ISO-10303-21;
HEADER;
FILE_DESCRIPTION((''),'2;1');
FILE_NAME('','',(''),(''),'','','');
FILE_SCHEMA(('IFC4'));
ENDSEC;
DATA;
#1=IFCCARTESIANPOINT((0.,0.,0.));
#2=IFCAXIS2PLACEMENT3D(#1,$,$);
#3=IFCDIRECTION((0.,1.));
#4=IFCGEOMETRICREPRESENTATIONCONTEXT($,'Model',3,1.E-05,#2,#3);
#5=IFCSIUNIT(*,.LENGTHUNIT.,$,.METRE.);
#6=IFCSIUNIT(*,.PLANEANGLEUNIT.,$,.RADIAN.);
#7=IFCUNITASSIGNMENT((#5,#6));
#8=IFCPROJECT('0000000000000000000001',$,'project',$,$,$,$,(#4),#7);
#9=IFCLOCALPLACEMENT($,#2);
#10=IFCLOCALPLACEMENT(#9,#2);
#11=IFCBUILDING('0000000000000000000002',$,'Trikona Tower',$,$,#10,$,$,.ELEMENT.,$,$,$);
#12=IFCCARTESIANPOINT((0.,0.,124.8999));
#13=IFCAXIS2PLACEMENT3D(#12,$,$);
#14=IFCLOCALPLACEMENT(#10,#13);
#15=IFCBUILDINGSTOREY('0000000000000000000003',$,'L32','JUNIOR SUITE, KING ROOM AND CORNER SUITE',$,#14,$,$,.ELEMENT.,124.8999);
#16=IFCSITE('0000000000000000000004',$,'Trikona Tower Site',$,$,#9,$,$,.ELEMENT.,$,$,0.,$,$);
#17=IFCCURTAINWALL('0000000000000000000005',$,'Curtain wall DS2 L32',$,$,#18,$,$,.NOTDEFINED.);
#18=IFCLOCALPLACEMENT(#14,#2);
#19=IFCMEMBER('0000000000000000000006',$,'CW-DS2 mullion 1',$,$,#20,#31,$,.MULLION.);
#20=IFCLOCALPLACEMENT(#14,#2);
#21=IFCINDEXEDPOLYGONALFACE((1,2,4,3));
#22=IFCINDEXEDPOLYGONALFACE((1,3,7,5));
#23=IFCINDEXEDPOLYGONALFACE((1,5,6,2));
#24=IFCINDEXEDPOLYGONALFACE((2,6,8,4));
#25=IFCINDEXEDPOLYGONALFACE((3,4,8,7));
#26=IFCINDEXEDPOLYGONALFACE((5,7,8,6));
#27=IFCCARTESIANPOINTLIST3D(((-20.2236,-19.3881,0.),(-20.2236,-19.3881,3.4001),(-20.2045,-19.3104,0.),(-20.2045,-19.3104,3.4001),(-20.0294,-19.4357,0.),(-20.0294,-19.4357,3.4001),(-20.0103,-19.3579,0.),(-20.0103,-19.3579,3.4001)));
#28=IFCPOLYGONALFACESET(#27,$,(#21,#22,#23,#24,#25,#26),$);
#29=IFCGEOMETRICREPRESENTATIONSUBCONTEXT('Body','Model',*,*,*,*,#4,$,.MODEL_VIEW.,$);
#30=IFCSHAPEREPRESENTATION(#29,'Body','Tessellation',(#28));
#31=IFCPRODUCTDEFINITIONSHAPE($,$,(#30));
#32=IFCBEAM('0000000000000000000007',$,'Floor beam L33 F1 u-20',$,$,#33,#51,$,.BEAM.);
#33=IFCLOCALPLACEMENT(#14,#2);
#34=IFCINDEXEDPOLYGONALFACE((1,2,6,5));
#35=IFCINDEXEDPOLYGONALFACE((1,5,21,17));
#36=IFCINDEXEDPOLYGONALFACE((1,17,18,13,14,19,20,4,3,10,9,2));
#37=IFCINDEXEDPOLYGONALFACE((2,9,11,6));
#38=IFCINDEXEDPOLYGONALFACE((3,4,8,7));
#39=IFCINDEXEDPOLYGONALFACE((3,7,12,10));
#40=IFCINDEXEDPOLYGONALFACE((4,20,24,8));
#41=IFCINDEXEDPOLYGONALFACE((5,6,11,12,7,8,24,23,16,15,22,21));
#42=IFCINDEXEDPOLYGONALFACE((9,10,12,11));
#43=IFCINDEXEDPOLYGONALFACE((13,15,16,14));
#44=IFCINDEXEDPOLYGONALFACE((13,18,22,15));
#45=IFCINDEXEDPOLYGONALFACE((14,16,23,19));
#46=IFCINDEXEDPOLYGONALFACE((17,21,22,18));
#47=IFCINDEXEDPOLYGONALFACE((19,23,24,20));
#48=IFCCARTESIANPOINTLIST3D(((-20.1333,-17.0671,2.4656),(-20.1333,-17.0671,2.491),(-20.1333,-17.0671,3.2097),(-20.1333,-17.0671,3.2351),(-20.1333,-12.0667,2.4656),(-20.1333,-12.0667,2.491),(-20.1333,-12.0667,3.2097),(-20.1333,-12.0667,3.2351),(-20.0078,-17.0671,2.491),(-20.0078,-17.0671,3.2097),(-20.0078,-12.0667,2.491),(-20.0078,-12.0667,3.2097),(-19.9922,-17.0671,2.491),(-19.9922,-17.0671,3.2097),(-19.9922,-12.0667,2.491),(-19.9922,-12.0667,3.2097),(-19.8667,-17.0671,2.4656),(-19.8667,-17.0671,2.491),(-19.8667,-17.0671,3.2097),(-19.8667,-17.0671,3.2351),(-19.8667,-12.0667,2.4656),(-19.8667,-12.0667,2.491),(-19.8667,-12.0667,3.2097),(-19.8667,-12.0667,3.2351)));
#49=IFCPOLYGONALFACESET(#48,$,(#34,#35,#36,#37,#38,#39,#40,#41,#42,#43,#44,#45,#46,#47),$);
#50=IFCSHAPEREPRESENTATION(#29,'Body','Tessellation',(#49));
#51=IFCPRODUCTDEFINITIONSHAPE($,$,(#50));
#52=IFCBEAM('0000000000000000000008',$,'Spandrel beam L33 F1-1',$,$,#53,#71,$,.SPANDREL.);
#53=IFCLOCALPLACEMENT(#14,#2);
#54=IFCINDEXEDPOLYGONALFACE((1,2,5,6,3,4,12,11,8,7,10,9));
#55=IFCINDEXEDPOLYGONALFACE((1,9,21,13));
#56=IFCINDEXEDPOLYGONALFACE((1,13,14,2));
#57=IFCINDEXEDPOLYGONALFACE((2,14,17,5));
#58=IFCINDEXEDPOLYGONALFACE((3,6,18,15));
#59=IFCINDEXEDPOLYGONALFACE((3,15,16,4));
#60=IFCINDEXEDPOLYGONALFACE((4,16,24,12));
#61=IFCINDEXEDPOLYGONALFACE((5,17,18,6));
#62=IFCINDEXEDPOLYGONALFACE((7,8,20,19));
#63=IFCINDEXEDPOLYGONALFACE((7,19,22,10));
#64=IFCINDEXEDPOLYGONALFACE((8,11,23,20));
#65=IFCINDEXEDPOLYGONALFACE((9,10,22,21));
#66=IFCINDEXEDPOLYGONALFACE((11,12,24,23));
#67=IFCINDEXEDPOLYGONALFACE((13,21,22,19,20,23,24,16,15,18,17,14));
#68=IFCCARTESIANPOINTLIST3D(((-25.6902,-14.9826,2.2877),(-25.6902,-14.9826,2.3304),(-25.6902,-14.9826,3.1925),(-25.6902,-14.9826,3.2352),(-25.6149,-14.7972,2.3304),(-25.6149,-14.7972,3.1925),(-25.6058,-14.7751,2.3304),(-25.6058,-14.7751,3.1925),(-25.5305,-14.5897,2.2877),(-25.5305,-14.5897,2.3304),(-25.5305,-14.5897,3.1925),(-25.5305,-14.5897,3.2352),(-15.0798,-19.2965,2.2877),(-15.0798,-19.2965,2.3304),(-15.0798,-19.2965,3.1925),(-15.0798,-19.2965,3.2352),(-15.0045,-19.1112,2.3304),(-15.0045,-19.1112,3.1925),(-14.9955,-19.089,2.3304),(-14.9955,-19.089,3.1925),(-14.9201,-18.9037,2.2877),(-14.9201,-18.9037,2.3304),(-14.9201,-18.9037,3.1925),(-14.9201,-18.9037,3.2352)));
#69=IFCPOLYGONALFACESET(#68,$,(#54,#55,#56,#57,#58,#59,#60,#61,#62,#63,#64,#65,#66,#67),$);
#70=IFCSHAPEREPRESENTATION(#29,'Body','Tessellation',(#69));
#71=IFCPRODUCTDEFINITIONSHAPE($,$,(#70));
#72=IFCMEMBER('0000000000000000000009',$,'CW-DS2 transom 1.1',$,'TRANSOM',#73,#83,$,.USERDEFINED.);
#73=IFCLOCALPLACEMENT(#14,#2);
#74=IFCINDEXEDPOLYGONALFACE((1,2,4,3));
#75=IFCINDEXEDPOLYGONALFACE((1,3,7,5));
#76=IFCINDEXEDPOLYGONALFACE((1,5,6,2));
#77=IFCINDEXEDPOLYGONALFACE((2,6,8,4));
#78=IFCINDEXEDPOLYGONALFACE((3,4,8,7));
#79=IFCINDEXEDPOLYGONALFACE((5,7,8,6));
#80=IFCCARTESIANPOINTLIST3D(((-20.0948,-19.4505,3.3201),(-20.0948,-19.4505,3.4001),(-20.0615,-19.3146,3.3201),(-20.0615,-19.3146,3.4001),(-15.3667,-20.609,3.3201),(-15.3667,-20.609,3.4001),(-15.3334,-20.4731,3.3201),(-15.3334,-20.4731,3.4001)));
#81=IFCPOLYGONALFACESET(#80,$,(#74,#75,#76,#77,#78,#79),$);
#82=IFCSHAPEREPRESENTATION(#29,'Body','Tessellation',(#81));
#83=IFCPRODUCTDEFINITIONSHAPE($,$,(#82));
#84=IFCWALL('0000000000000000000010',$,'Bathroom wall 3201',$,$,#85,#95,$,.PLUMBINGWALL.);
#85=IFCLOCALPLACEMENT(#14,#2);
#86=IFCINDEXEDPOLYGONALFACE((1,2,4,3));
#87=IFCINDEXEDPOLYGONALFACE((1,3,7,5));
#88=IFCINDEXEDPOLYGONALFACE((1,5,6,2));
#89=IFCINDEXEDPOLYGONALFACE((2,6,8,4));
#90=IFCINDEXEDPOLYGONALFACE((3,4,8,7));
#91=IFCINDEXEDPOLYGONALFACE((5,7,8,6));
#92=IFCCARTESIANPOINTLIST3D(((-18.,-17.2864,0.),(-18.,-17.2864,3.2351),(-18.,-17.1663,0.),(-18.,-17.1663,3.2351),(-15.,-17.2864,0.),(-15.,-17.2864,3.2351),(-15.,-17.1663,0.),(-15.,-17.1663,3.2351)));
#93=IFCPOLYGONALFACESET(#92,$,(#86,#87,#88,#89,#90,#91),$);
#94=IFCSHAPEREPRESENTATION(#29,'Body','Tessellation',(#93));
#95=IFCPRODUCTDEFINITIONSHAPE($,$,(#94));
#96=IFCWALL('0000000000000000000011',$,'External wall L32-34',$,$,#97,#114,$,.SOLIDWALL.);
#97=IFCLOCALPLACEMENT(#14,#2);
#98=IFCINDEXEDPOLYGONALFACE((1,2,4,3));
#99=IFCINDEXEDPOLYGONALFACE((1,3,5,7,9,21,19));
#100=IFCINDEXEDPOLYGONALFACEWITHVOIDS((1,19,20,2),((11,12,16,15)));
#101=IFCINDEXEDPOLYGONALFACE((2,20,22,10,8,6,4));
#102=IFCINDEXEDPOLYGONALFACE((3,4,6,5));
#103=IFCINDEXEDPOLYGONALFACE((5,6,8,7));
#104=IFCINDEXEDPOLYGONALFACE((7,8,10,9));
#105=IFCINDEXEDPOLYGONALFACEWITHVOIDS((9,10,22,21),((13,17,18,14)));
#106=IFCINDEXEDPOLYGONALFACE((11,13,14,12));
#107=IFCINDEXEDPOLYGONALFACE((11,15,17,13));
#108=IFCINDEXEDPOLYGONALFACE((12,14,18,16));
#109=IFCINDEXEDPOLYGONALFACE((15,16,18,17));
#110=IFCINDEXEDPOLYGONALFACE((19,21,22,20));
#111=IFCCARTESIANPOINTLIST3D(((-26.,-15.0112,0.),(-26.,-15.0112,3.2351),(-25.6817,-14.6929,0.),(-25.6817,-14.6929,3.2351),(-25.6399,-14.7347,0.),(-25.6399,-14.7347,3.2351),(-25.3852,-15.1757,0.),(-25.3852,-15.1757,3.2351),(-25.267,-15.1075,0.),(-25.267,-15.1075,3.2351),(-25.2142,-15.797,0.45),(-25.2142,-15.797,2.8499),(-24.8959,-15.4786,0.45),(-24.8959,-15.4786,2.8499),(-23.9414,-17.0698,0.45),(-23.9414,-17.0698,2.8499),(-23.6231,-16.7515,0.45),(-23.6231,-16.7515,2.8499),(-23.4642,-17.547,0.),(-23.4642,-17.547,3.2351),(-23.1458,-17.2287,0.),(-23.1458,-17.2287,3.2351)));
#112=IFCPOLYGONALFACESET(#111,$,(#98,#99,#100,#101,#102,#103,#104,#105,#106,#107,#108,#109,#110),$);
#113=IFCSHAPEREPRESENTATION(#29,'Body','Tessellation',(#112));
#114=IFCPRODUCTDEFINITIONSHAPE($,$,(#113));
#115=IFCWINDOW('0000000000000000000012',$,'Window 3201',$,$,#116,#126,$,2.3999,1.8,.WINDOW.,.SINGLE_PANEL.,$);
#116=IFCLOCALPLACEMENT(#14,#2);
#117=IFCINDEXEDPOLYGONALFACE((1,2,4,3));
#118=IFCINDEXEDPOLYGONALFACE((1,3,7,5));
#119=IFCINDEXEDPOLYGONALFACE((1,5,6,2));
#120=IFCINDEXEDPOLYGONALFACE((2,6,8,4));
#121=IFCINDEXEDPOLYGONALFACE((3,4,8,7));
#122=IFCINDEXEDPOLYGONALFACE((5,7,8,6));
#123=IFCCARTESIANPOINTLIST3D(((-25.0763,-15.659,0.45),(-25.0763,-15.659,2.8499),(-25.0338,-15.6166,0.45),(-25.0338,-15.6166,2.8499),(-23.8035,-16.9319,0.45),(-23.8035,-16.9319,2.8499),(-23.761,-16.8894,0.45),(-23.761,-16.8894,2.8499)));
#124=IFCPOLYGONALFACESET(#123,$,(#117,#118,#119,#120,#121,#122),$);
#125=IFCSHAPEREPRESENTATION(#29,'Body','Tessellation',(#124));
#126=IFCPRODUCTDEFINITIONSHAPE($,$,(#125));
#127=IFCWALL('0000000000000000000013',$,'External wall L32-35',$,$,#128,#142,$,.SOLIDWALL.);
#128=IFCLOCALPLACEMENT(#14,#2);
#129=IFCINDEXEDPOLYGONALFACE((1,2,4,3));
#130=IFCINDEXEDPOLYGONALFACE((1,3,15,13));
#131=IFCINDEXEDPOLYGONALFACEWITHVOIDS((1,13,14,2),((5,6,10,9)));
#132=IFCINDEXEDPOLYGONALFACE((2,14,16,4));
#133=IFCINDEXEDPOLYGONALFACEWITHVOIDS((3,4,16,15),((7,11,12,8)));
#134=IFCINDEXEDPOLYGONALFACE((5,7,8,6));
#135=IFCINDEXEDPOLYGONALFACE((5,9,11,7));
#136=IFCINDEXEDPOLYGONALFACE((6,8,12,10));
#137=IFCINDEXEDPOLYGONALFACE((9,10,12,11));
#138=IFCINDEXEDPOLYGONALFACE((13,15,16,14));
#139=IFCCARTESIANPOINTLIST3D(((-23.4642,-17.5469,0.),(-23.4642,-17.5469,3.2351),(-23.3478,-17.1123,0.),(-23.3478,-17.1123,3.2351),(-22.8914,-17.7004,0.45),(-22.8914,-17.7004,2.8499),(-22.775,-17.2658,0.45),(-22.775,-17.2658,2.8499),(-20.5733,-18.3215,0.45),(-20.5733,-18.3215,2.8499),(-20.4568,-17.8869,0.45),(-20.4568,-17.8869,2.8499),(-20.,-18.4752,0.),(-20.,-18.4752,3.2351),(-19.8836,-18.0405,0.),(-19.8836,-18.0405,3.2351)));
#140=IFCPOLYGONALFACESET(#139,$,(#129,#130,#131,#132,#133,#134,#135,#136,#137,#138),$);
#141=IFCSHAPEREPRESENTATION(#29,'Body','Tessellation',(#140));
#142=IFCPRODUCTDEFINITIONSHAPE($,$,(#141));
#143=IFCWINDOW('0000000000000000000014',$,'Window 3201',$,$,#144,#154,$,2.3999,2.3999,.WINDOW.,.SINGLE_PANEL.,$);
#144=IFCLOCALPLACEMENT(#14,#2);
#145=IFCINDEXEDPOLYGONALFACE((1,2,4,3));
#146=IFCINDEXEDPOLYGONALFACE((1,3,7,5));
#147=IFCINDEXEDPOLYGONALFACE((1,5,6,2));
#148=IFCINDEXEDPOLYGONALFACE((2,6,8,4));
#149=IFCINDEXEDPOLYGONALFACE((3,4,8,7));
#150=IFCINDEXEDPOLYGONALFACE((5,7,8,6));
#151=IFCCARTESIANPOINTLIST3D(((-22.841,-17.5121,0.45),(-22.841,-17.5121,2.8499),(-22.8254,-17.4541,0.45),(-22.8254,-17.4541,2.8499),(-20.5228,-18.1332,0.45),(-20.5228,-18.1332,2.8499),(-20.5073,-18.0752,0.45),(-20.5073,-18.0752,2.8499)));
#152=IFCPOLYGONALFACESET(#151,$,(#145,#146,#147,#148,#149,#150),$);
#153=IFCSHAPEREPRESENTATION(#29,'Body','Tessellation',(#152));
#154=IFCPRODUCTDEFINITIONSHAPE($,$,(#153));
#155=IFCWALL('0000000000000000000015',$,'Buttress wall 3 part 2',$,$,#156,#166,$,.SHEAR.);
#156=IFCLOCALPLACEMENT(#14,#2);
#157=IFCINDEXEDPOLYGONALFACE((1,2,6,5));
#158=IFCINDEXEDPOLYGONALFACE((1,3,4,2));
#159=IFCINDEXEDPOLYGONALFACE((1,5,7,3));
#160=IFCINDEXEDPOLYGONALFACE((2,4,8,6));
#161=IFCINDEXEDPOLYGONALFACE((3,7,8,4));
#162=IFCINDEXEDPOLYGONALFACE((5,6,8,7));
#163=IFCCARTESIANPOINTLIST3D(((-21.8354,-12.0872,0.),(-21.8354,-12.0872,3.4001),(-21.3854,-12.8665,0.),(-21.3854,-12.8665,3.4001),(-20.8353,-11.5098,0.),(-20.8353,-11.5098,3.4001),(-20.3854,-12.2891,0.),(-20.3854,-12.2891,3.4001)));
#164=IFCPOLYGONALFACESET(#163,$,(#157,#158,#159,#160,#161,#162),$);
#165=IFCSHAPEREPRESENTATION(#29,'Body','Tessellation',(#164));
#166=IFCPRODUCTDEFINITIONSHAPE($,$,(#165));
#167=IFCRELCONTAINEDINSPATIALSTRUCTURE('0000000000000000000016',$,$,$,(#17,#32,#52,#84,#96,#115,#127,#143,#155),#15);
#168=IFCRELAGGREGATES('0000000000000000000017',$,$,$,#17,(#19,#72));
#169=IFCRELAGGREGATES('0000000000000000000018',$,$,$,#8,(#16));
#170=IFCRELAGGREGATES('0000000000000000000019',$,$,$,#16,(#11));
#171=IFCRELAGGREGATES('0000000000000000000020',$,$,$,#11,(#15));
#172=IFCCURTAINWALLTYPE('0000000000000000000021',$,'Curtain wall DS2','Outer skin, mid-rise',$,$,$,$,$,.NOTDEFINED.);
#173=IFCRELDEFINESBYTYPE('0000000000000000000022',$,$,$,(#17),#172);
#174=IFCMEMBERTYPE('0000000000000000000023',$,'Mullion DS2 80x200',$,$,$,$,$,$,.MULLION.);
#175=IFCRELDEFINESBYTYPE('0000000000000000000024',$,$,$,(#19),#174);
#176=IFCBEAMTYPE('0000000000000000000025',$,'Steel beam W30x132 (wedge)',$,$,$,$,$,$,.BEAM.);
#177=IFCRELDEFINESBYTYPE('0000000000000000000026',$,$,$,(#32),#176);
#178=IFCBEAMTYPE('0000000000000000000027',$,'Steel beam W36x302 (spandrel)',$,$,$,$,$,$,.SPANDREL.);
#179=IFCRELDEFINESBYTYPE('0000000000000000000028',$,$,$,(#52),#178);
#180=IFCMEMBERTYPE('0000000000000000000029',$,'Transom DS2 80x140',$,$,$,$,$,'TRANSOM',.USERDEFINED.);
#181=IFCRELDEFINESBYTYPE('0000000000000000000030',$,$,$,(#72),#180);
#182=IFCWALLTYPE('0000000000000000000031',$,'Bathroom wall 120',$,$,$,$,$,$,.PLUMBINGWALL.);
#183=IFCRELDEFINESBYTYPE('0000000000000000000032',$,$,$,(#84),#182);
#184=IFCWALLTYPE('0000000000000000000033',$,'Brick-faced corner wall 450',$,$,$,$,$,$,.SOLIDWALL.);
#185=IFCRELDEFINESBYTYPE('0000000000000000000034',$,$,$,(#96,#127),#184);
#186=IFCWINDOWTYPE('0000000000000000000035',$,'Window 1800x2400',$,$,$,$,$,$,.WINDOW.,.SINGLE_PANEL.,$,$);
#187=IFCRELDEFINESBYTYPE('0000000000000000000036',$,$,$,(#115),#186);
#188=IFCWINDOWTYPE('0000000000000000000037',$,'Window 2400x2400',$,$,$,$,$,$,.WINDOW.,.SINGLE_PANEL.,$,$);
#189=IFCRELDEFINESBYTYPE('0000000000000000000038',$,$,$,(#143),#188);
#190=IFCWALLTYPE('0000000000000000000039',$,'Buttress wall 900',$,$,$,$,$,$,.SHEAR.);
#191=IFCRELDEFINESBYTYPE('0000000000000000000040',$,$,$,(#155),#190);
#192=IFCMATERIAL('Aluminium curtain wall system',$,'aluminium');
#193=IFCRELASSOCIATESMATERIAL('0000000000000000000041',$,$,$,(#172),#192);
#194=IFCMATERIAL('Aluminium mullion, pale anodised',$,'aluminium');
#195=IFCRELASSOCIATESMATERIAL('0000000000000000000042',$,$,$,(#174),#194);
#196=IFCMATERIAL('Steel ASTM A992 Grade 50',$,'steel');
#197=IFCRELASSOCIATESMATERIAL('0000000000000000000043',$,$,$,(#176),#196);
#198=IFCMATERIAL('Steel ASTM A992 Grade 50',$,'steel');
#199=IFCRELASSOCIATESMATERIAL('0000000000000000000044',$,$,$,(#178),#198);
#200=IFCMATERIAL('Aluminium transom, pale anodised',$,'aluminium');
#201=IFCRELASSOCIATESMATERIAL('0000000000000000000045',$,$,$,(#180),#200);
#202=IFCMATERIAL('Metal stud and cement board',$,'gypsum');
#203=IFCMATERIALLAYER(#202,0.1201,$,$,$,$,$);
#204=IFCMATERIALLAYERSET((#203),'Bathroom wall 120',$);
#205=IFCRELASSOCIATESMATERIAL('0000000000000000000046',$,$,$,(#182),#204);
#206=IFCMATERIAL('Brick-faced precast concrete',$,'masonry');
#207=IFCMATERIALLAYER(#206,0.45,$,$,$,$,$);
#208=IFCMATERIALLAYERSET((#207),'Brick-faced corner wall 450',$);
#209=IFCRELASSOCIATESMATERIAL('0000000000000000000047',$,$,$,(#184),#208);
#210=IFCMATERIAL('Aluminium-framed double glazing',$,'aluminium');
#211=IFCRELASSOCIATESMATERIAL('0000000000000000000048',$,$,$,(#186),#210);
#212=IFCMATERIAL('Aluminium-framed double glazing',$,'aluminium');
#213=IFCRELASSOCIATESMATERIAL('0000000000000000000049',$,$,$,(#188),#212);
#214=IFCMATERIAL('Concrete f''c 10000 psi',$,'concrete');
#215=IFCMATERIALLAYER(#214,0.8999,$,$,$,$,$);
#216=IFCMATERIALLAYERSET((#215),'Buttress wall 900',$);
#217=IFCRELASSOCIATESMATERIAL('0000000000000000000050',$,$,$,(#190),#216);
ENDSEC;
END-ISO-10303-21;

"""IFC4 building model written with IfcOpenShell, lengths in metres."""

from ifc_helpers import new_model, si_unit, direction, frame, frame_2d, origin, origin_2d, place, context, subcontext, project, spatial, polyline, rectangle, i_section, outline, extrude, material, layer, layer_set, material_profile, profile_set, type_object, element, fill, aggregate, save


model = new_model("IFC4")

# Units and contexts
model_context = context("Model", 3, precision=1e-05, world=origin(), true_north=direction((0.0, 1.0)))
body_context = subcontext(model_context, "Body", "Model", "MODEL_VIEW")
ifc_project = project(units=[si_unit("LENGTHUNIT", "METRE"), si_unit("PLANEANGLEUNIT", "RADIAN")], contexts=[model_context])

# Site, building, storey
site_placement = place(None, origin())
site = spatial("IfcSite", under=ifc_project, at=site_placement, Name="Trikona Tower Site", CompositionType="ELEMENT", RefElevation=0.0)
building_placement = place(site_placement, origin())
building = spatial("IfcBuilding", under=site, at=building_placement, Name="Trikona Tower", CompositionType="ELEMENT")
storey_placement = place(building_placement, frame((0.0, 0.0, 124.8999)))
storey = spatial("IfcBuildingStorey", under=building, at=storey_placement, Name="L32", Description="JUNIOR SUITE, KING ROOM AND CORNER SUITE", CompositionType="ELEMENT", Elevation=124.8999)

# Curtain wall, member
ifc_material_1 = material(Name="Aluminium curtain wall system", Category="aluminium")
curtain_wall_type = type_object("IfcCurtainWallType", Name="Curtain wall DS2", Description="Outer skin, mid-rise", PredefinedType="NOTDEFINED", material=ifc_material_1)
curtain_wall_placement = place(storey_placement, origin())
curtain_wall = element("IfcCurtainWall", 1, at=curtain_wall_placement, inside=storey, type_object=curtain_wall_type, Name="Curtain wall DS2 L32", PredefinedType="NOTDEFINED")
ifc_material_2 = material(Name="Aluminium mullion, pale anodised", Category="aluminium")
ifc_material_profile_1 = material_profile(ifc_material_2, rectangle(XDim=0.0801, YDim=0.2, at=origin_2d()), Name="MUL-DS2")
ifc_profile_set_1 = profile_set([ifc_material_profile_1], Name="Aluminium mullion, pale anodised")
member_type_1 = type_object("IfcMemberType", Name="Mullion DS2 80x200", PredefinedType="MULLION", material=ifc_profile_set_1)
member_1_placement = place(storey_placement, frame((-20.1169, -19.373, 0.0), z_axis=(0.0, 0.0, 1.0), x_axis=(0.23797, 0.971272, 0.0)))
member_1 = element("IfcMember", 2, at=member_1_placement, type_object=member_type_1, Name="CW-DS2 mullion 1", PredefinedType="MULLION", context=body_context, shape_type="SweptSolid", body=[
    extrude(rectangle(XDim=0.0801, YDim=0.2, at=origin_2d()), origin(), (0.0, 0.0, 1.0), 3.4001),
])

# Beams
ifc_material_3 = material(Name="Steel ASTM A992 Grade 50", Category="steel")
ifc_material_profile_2 = material_profile(ifc_material_3, i_section(OverallWidth=0.2666, OverallDepth=0.7695, WebThickness=0.0156, FlangeThickness=0.0254, at=origin_2d()), Name="W30X132")
ifc_profile_set_2 = profile_set([ifc_material_profile_2], Name="Steel ASTM A992 Grade 50")
beam_type_1 = type_object("IfcBeamType", Name="Steel beam W30x132 (wedge)", PredefinedType="BEAM", material=ifc_profile_set_2)
beam_1_placement = place(storey_placement, frame((-20.0, -12.0667, 2.8503), z_axis=(0.0, -1.0, 0.0), x_axis=(1.0, 0.0, 0.0)))
element("IfcBeam", 3, at=beam_1_placement, inside=storey, type_object=beam_type_1, Name="Floor beam L33 F1 u-20", PredefinedType="BEAM", context=body_context, shape_type="SweptSolid", body=[
    extrude(i_section(OverallWidth=0.2666, OverallDepth=0.7695, WebThickness=0.0156, FlangeThickness=0.0254, at=origin_2d()), origin(), (0.0, 0.0, 1.0), 5.0005),
])
ifc_material_4 = material(Name="Steel ASTM A992 Grade 50", Category="steel")
ifc_material_profile_3 = material_profile(ifc_material_4, i_section(OverallWidth=0.4241, OverallDepth=0.9475, WebThickness=0.0239, FlangeThickness=0.0427, at=origin_2d()), Name="W36X302")
ifc_profile_set_3 = profile_set([ifc_material_profile_3], Name="Steel ASTM A992 Grade 50")
beam_type_2 = type_object("IfcBeamType", Name="Steel beam W36x302 (spandrel)", PredefinedType="SPANDREL", material=ifc_profile_set_3)
beam_2_placement = place(storey_placement, frame((-25.6104, -14.7861, 2.7615), z_axis=(0.92636, -0.37664, 0.0), x_axis=(0.37664, 0.92636, 0.0)))
element("IfcBeam", 4, at=beam_2_placement, inside=storey, type_object=beam_type_2, Name="Spandrel beam L33 F1-1", PredefinedType="SPANDREL", context=body_context, shape_type="SweptSolid", body=[
    extrude(i_section(OverallWidth=0.4241, OverallDepth=0.9475, WebThickness=0.0239, FlangeThickness=0.0427, at=origin_2d()), origin(), (0.0, 0.0, 1.0), 11.4539),
])

# Member
ifc_material_5 = material(Name="Aluminium transom, pale anodised", Category="aluminium")
ifc_material_profile_4 = material_profile(ifc_material_5, rectangle(XDim=0.1399, YDim=0.0801, at=origin_2d()), Name="TRN-DS2")
ifc_profile_set_4 = profile_set([ifc_material_profile_4], Name="Aluminium transom, pale anodised")
member_type_2 = type_object("IfcMemberType", Name="Transom DS2 80x140", ElementType="TRANSOM", PredefinedType="USERDEFINED", material=ifc_profile_set_4)
member_2_placement = place(storey_placement, frame((-20.0781, -19.3826, 3.3601), z_axis=(0.971271, -0.237978, 0.0), x_axis=(0.237978, 0.971271, 0.0)))
member_2 = element("IfcMember", 5, at=member_2_placement, type_object=member_type_2, Name="CW-DS2 transom 1.1", ObjectType="TRANSOM", PredefinedType="USERDEFINED", context=body_context, shape_type="SweptSolid", body=[
    extrude(rectangle(XDim=0.1399, YDim=0.0801, at=origin_2d()), origin(), (0.0, 0.0, 1.0), 4.8679),
])
aggregate(curtain_wall, [member_1, member_2])

# Wall
ifc_material_6 = material(Name="Metal stud and cement board", Category="gypsum")
ifc_layer_1 = layer(ifc_material_6, 0.1201)
ifc_layer_set_1 = layer_set([ifc_layer_1], Name="Bathroom wall 120")
wall_type_1 = type_object("IfcWallType", Name="Bathroom wall 120", PredefinedType="PLUMBINGWALL", material=ifc_layer_set_1)
wall_1_placement = place(storey_placement, frame((-18.0, -17.2263, 0.0), z_axis=(0.0, 0.0, 1.0), x_axis=(1.0, 0.0, 0.0)))
element("IfcWall", 6, at=wall_1_placement, inside=storey, type_object=wall_type_1, Name="Bathroom wall 3201", PredefinedType="PLUMBINGWALL", context=body_context, shape_type="SweptSolid", body=[
    extrude(rectangle(XDim=3.0, YDim=0.1201, at=frame_2d((1.5, 0.0))), origin(), (0.0, 0.0, 1.0), 3.2351),
])

# Walls, openings, windows
ifc_material_7 = material(Name="Brick-faced precast concrete", Category="masonry")
ifc_layer_2 = layer(ifc_material_7, 0.45)
ifc_layer_set_2 = layer_set([ifc_layer_2], Name="Brick-faced corner wall 450")
wall_type_2 = type_object("IfcWallType", Name="Brick-faced corner wall 450", PredefinedType="SOLIDWALL", material=ifc_layer_set_2)
wall_2_placement = place(storey_placement, frame((-25.8408, -14.8521, 0.0), z_axis=(0.0, 0.0, 1.0), x_axis=(0.707107, -0.707107, 0.0)))
wall_2 = element("IfcWall", 7, at=wall_2_placement, inside=storey, type_object=wall_type_2, Name="External wall L32-34", PredefinedType="SOLIDWALL", context=body_context, shape_type="SweptSolid", body=[
    extrude(outline(polyline([(3.5862, 0.2251), (0.5864, 0.2251), (0.551, 0.0933), (0.0591, 0.2251), (0.0, 0.2251), (0.0, -0.2251), (3.5862, -0.2251), (3.5862, 0.2251)])), origin(), (0.0, 0.0, 1.0), 3.2351),
])
opening_1_placement = place(wall_2_placement, frame((1.1113, 0.0, 0.45)))
opening_1 = element("IfcOpeningElement", 8, at=opening_1_placement, cuts=wall_2, PredefinedType="OPENING", context=body_context, shape_type="SweptSolid", body=[
    extrude(rectangle(XDim=1.8, YDim=2.3999, at=frame_2d((0.8999, 1.2))), frame((0.0, 0.2349, 0.0), z_axis=(0.0, -1.0, 0.0), x_axis=(1.0, 0.0, 0.0)), (0.0, 0.0, 1.0), 0.47),
])
ifc_material_8 = material(Name="Aluminium-framed double glazing", Category="aluminium")
window_type_1 = type_object("IfcWindowType", Name="Window 1800x2400", PartitioningType="SINGLE_PANEL", PredefinedType="WINDOW", material=ifc_material_8)
window_1_placement = place(opening_1_placement, origin())
window_1 = element("IfcWindow", 9, at=window_1_placement, inside=storey, type_object=window_type_1, Name="Window 3201", OverallHeight=2.3999, OverallWidth=1.8, PartitioningType="SINGLE_PANEL", PredefinedType="WINDOW", context=body_context, shape_type="SweptSolid", body=[
    extrude(rectangle(XDim=1.8, YDim=2.3999, at=frame_2d((0.8999, 1.2))), frame((0.0, 0.03, 0.0), z_axis=(0.0, -1.0, 0.0), x_axis=(1.0, 0.0, 0.0)), (0.0, 0.0, 1.0), 0.0601),
])
fill(opening_1, window_1)
wall_3_placement = place(storey_placement, frame((-23.406, -17.3296, 0.0), z_axis=(0.0, 0.0, 1.0), x_axis=(0.965925, -0.258823, 0.0)))
wall_3 = element("IfcWall", 10, at=wall_3_placement, inside=storey, type_object=wall_type_2, Name="External wall L32-35", PredefinedType="SOLIDWALL", context=body_context, shape_type="SweptSolid", body=[
    extrude(rectangle(XDim=3.5864, YDim=0.45, at=frame_2d((1.7932, 0.0))), origin(), (0.0, 0.0, 1.0), 3.2351),
])
opening_2_placement = place(wall_3_placement, frame((0.593, 0.0, 0.45)))
opening_2 = element("IfcOpeningElement", 11, at=opening_2_placement, cuts=wall_3, PredefinedType="OPENING", context=body_context, shape_type="SweptSolid", body=[
    extrude(rectangle(XDim=2.3999, YDim=2.3999, at=frame_2d((1.2, 1.2))), frame((0.0, 0.2349, 0.0), z_axis=(0.0, -1.0, 0.0), x_axis=(1.0, 0.0, 0.0)), (0.0, 0.0, 1.0), 0.47),
])
ifc_material_9 = material(Name="Aluminium-framed double glazing", Category="aluminium")
window_type_2 = type_object("IfcWindowType", Name="Window 2400x2400", PartitioningType="SINGLE_PANEL", PredefinedType="WINDOW", material=ifc_material_9)
window_2_placement = place(opening_2_placement, origin())
window_2 = element("IfcWindow", 12, at=window_2_placement, inside=storey, type_object=window_type_2, Name="Window 3201", OverallHeight=2.3999, OverallWidth=2.3999, PartitioningType="SINGLE_PANEL", PredefinedType="WINDOW", context=body_context, shape_type="SweptSolid", body=[
    extrude(rectangle(XDim=2.3999, YDim=2.3999, at=frame_2d((1.2, 1.2))), frame((0.0, 0.03, 0.0), z_axis=(0.0, -1.0, 0.0), x_axis=(1.0, 0.0, 0.0)), (0.0, 0.0, 1.0), 0.0601),
])
fill(opening_2, window_2)

# Wall
ifc_material_10 = material(Name="Concrete f'c 10000 psi", Category="concrete")
ifc_layer_3 = layer(ifc_material_10, 0.8999)
ifc_layer_set_3 = layer_set([ifc_layer_3], Name="Buttress wall 900")
wall_type_3 = type_object("IfcWallType", Name="Buttress wall 900", PredefinedType="SHEAR", material=ifc_layer_set_3)
wall_4_placement = place(storey_placement, frame((-20.6104, -11.8994, 0.0), z_axis=(0.0, 0.0, 1.0), x_axis=(-0.86601, -0.500027, 0.0)))
element("IfcWall", 13, at=wall_4_placement, inside=storey, type_object=wall_type_3, Name="Buttress wall 3 part 2", PredefinedType="SHEAR", context=body_context, shape_type="SweptSolid", body=[
    extrude(rectangle(XDim=1.1548, YDim=0.8999, at=frame_2d((0.5774, 0.0))), origin(), (0.0, 0.0, 1.0), 3.4001),
])

save(model, "model.ifc")
